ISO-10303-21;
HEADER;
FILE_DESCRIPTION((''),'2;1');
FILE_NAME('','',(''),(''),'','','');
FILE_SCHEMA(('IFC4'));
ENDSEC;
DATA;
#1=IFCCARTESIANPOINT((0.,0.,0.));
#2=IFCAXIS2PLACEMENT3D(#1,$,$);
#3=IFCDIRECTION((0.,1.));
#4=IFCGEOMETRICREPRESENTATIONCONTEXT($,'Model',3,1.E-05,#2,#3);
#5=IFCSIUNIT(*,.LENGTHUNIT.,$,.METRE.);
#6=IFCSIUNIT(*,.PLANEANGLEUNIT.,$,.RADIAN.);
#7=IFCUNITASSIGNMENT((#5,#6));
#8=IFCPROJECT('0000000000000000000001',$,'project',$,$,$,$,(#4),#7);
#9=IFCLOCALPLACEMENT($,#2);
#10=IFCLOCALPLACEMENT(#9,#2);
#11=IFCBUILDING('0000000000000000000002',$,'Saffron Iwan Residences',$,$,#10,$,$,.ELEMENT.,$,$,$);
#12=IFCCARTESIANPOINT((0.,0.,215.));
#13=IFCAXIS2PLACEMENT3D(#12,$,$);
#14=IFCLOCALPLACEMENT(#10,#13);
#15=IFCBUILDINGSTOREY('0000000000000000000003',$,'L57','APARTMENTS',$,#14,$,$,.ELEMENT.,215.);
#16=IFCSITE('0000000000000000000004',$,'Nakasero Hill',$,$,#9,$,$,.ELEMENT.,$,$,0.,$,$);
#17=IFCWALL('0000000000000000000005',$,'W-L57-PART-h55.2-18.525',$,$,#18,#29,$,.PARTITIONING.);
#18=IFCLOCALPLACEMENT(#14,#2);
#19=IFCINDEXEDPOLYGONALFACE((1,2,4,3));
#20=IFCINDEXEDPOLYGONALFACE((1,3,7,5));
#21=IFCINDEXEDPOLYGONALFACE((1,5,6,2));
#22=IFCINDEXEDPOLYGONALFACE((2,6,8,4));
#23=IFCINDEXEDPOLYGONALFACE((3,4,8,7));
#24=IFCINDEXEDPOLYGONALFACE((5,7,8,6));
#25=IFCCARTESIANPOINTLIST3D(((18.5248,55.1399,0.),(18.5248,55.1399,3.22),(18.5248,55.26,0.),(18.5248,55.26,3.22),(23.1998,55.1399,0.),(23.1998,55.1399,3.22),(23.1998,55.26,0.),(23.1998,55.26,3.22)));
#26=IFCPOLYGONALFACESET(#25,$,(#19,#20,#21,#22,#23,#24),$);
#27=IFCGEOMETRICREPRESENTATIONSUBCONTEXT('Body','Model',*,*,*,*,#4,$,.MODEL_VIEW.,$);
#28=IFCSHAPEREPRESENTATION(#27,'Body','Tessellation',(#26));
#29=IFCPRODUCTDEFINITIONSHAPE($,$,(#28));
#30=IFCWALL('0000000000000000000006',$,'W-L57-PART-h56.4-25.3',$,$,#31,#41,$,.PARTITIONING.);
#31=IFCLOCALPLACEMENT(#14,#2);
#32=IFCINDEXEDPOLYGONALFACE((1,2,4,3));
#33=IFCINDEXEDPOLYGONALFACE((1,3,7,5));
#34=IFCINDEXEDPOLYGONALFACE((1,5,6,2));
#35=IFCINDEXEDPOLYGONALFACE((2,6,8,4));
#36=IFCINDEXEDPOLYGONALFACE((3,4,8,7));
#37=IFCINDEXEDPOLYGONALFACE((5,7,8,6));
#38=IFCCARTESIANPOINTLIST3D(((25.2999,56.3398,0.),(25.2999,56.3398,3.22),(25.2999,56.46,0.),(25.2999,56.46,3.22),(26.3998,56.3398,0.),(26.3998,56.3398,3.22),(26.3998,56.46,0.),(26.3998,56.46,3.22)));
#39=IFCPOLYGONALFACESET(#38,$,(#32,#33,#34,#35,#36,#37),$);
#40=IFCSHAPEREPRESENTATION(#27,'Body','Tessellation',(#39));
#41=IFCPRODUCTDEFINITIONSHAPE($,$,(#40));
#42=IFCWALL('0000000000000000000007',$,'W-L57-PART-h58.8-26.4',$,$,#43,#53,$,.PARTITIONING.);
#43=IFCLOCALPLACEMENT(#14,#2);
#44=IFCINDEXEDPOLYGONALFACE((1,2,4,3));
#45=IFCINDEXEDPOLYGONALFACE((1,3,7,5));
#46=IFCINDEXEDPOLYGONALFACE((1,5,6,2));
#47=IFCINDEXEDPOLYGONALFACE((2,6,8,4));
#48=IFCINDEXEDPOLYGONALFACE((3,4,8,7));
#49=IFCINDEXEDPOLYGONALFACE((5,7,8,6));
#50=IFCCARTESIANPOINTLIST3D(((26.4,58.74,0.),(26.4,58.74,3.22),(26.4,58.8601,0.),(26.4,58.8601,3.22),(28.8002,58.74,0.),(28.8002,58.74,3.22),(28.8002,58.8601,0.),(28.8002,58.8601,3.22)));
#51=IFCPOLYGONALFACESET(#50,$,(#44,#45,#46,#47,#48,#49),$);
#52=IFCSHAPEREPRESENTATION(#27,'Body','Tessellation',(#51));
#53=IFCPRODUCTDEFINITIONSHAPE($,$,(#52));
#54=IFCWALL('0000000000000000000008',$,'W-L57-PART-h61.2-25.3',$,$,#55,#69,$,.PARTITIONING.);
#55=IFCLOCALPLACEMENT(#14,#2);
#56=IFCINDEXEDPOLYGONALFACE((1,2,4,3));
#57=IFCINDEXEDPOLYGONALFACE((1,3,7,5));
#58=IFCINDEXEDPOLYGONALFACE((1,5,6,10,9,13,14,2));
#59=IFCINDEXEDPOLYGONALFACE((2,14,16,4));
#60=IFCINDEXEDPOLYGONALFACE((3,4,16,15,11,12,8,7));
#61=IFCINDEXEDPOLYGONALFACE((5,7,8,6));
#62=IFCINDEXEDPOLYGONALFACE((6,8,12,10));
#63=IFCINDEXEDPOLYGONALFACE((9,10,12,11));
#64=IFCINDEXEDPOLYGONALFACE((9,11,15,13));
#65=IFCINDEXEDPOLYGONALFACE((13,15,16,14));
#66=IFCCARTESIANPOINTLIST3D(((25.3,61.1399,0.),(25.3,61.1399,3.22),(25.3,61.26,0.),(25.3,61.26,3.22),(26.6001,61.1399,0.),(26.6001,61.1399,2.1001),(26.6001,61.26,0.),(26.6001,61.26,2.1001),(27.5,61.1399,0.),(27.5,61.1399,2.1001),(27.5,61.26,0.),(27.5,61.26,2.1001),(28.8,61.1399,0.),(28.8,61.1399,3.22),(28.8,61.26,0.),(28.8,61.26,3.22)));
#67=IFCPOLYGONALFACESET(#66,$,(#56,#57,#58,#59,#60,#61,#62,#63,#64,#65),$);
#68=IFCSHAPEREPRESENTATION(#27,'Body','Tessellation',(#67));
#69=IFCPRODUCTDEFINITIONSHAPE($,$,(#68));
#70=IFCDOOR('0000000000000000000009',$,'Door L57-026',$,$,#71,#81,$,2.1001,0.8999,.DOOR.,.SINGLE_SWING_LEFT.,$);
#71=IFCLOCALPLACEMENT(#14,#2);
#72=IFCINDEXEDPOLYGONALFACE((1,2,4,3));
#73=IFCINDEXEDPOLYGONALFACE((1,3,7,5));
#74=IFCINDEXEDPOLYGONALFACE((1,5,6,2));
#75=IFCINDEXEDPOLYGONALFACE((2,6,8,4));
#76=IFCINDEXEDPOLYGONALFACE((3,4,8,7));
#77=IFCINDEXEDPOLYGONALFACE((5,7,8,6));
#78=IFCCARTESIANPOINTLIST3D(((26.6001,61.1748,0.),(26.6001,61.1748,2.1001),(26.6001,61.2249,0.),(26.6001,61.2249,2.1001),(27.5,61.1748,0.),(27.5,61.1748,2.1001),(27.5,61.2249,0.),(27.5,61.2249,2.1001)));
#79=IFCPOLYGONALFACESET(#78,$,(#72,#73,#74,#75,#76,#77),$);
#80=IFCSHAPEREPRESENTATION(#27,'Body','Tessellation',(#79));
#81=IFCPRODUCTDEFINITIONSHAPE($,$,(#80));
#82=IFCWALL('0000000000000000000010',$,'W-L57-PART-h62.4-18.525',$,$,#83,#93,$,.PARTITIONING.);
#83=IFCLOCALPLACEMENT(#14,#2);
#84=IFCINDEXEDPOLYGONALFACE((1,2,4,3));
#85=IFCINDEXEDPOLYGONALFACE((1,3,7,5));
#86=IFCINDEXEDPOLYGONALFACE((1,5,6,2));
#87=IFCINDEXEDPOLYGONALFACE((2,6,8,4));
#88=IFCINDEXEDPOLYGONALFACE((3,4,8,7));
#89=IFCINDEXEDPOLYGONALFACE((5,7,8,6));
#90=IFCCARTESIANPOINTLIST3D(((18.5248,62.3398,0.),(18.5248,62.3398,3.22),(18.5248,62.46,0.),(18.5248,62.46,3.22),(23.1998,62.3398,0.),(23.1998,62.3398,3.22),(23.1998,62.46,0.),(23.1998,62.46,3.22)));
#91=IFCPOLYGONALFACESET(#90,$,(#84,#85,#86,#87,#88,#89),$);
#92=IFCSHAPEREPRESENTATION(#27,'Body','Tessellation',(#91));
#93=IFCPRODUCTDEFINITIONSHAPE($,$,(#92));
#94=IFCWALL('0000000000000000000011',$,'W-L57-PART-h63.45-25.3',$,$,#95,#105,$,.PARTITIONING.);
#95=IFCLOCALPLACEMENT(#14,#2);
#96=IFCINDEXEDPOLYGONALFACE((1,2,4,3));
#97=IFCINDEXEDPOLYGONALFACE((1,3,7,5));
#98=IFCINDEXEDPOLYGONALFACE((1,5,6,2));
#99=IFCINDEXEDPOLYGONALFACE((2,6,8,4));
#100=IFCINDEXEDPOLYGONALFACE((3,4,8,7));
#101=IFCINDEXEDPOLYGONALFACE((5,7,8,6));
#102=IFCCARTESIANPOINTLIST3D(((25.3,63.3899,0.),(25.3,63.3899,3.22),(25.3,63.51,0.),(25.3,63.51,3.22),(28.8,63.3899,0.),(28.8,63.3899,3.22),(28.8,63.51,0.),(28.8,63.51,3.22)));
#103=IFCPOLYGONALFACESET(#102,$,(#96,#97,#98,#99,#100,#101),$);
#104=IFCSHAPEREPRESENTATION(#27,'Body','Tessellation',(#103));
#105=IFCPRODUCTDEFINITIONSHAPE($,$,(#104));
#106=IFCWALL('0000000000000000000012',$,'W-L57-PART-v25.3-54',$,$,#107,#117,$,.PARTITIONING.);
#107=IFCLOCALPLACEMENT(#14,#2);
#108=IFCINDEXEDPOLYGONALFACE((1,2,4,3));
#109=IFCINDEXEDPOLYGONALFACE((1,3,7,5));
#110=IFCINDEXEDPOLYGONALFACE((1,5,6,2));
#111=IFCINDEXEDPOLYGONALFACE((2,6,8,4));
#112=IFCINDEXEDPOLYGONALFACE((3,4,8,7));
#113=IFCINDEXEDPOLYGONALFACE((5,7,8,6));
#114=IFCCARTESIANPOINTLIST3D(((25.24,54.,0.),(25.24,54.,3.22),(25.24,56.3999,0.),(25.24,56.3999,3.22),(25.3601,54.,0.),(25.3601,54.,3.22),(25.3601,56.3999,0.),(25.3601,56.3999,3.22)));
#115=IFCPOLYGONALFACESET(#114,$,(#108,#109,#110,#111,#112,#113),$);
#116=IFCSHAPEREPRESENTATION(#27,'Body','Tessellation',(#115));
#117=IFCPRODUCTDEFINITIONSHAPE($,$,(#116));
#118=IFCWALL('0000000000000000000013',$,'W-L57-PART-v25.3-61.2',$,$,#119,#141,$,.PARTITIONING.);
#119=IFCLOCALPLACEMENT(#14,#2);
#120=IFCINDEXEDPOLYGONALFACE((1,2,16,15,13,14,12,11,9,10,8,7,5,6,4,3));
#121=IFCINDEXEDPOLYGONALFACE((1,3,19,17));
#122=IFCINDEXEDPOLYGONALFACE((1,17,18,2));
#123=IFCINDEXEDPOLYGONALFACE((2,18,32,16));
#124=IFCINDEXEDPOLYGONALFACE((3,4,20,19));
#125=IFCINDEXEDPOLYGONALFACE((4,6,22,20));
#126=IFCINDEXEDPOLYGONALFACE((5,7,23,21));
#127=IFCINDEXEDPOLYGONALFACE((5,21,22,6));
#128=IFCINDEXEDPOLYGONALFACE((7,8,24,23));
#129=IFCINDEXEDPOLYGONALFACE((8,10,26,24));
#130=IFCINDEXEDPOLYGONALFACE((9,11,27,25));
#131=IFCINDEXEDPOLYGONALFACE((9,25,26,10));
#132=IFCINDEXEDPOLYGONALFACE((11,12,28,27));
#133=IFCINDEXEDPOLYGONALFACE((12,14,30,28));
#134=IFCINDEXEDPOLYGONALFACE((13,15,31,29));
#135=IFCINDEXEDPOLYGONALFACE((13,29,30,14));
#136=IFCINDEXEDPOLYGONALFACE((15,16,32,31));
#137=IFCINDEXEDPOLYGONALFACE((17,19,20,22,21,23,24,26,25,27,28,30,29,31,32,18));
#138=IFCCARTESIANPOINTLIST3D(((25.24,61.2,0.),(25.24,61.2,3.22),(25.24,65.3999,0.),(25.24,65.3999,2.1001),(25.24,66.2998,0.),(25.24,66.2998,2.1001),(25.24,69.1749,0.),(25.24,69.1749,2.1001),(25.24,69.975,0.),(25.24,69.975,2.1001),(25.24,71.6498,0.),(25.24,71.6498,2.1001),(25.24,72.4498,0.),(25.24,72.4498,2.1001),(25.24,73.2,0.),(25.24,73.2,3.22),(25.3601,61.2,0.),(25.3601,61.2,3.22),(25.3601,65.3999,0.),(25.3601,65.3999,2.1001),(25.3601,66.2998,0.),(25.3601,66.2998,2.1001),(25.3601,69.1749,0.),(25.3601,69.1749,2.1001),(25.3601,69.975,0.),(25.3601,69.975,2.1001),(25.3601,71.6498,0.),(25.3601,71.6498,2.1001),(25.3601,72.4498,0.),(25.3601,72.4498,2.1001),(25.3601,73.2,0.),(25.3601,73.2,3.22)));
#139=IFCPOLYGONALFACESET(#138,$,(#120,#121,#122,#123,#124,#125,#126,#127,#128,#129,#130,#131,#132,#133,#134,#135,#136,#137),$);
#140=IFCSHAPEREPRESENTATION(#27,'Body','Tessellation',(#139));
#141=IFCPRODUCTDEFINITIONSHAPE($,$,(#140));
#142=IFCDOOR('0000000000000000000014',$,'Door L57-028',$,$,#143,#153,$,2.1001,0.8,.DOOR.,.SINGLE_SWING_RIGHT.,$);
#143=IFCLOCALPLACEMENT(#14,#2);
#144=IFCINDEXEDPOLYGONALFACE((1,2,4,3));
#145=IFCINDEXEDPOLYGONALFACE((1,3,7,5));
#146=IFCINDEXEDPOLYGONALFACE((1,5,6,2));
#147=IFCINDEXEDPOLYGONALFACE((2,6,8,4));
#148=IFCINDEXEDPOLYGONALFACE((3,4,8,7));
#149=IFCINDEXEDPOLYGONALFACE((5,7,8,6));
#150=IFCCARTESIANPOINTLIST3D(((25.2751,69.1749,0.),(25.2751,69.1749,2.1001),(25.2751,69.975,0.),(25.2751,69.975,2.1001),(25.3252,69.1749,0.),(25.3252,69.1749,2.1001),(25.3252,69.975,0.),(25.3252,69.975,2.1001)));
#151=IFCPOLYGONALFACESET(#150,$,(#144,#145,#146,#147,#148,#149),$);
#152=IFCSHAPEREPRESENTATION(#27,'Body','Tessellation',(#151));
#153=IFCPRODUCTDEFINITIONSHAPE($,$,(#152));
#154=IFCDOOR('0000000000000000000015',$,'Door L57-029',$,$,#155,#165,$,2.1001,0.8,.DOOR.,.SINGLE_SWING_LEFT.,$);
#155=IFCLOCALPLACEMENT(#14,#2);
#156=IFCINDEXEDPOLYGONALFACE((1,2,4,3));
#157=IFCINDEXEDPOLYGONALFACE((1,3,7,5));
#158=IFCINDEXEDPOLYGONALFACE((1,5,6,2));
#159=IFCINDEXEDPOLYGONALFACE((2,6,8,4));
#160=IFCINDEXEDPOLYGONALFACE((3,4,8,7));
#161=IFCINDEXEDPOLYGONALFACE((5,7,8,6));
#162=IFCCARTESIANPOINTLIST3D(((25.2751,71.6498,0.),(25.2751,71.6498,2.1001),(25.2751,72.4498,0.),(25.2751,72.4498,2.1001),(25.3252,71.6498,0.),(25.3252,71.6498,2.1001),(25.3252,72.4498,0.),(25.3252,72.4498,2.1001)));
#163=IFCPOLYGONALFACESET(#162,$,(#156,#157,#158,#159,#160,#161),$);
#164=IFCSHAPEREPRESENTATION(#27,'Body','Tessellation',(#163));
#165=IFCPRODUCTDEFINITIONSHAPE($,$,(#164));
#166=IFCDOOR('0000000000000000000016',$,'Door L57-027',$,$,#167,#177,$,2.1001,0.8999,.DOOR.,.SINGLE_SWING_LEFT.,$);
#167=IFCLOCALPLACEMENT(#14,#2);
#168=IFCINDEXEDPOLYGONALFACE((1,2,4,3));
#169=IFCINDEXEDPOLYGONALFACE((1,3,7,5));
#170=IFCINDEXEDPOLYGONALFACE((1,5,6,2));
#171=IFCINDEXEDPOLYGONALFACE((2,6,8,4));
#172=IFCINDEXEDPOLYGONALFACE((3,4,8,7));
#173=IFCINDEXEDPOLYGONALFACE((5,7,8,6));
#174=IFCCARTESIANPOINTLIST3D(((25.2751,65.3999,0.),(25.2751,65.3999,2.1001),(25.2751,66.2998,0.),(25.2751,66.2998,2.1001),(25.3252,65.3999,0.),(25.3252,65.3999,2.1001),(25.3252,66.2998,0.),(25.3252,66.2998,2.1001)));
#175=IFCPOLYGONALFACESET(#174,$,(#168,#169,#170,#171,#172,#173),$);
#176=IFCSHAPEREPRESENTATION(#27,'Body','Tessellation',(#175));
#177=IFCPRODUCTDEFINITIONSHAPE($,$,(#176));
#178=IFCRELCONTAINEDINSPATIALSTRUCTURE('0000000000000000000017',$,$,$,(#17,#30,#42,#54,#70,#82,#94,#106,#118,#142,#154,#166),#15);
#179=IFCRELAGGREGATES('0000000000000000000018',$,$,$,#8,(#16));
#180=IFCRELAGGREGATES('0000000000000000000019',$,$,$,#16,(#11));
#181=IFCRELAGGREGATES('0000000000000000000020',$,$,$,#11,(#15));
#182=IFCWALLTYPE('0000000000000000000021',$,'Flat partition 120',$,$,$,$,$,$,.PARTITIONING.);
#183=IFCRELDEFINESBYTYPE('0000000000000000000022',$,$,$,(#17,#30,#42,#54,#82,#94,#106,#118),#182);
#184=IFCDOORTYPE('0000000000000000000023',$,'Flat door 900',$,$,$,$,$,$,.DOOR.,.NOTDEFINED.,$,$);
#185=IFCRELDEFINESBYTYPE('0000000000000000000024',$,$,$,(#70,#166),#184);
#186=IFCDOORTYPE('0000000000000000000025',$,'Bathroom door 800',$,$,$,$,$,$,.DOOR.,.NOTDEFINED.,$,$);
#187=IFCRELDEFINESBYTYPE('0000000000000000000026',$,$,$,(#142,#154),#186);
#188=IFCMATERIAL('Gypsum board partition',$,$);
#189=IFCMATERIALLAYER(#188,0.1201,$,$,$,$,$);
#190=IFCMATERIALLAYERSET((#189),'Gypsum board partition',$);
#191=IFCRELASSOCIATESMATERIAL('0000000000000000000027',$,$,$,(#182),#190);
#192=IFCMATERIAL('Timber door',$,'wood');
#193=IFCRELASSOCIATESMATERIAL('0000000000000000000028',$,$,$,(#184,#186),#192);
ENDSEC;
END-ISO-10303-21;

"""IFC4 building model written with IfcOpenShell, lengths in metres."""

from ifc_helpers import new_model, si_unit, direction, frame, frame_2d, origin, place, context, subcontext, project, spatial, rectangle, extrude, material, layer, layer_set, type_object, element, fill, save


model = new_model("IFC4")

# Units and contexts
model_context = context("Model", 3, precision=1e-05, world=origin(), true_north=direction((0.0, 1.0)))
body_context = subcontext(model_context, "Body", "Model", "MODEL_VIEW")
ifc_project = project(units=[si_unit("LENGTHUNIT", "METRE"), si_unit("PLANEANGLEUNIT", "RADIAN")], contexts=[model_context])

# Site, building, storey
site_placement = place(None, origin())
site = spatial("IfcSite", under=ifc_project, at=site_placement, Name="Nakasero Hill", CompositionType="ELEMENT", RefElevation=0.0)
building_placement = place(site_placement, origin())
building = spatial("IfcBuilding", under=site, at=building_placement, Name="Saffron Iwan Residences", CompositionType="ELEMENT")
storey_placement = place(building_placement, frame((0.0, 0.0, 215.0)))
storey = spatial("IfcBuildingStorey", under=building, at=storey_placement, Name="L57", Description="APARTMENTS", CompositionType="ELEMENT", Elevation=215.0)

# Shared definitions
ifc_material_1 = material(Name="Gypsum board partition")
ifc_layer_1 = layer(ifc_material_1, 0.1201)
ifc_layer_set_1 = layer_set([ifc_layer_1], Name="Gypsum board partition")
wall_type_1 = type_object("IfcWallType", Name="Flat partition 120", PredefinedType="PARTITIONING", material=ifc_layer_set_1)
ifc_material_2 = material(Name="Timber door", Category="wood")
door_type_1 = type_object("IfcDoorType", Name="Flat door 900", OperationType="NOTDEFINED", PredefinedType="DOOR", material=ifc_material_2)
door_type_2 = type_object("IfcDoorType", Name="Bathroom door 800", OperationType="NOTDEFINED", PredefinedType="DOOR", material=ifc_material_2)

# Walls
wall_1_placement = place(storey_placement, frame((18.5249, 55.2, 0.0), z_axis=(0.0, 0.0, 1.0), x_axis=(1.0, 0.0, 0.0)))
element("IfcWall", 1, at=wall_1_placement, inside=storey, type_object=wall_type_1, Name="W-L57-PART-h55.2-18.525", PredefinedType="PARTITIONING", context=body_context, shape_type="SweptSolid", body=[
    extrude(rectangle(XDim=4.675, YDim=0.1201, at=frame_2d((2.3374, 0.0))), origin(), (0.0, 0.0, 1.0), 3.22),
])
wall_2_placement = place(storey_placement, frame((25.3, 56.3999, 0.0), z_axis=(0.0, 0.0, 1.0), x_axis=(1.0, 0.0, 0.0)))
element("IfcWall", 2, at=wall_2_placement, inside=storey, type_object=wall_type_1, Name="W-L57-PART-h56.4-25.3", PredefinedType="PARTITIONING", context=body_context, shape_type="SweptSolid", body=[
    extrude(rectangle(XDim=1.0999, YDim=0.1201, at=frame_2d((0.5498, 0.0))), origin(), (0.0, 0.0, 1.0), 3.22),
])
wall_3_placement = place(storey_placement, frame((26.3999, 58.8, 0.0), z_axis=(0.0, 0.0, 1.0), x_axis=(1.0, 0.0, 0.0)))
element("IfcWall", 3, at=wall_3_placement, inside=storey, type_object=wall_type_1, Name="W-L57-PART-h58.8-26.4", PredefinedType="PARTITIONING", context=body_context, shape_type="SweptSolid", body=[
    extrude(rectangle(XDim=2.4001, YDim=0.1201, at=frame_2d((1.2002, 0.0))), origin(), (0.0, 0.0, 1.0), 3.22),
])

# Wall, opening, door
wall_4_placement = place(storey_placement, frame((25.3, 61.2, 0.0), z_axis=(0.0, 0.0, 1.0), x_axis=(1.0, 0.0, 0.0)))
wall_4 = element("IfcWall", 4, at=wall_4_placement, inside=storey, type_object=wall_type_1, Name="W-L57-PART-h61.2-25.3", PredefinedType="PARTITIONING", context=body_context, shape_type="SweptSolid", body=[
    extrude(rectangle(XDim=3.5, YDim=0.1201, at=frame_2d((1.75, 0.0))), origin(), (0.0, 0.0, 1.0), 3.22),
])
opening_1_placement = place(wall_4_placement, frame((1.3, 0.0, 0.0)))
opening_1 = element("IfcOpeningElement", 5, at=opening_1_placement, cuts=wall_4, PredefinedType="OPENING", context=body_context, shape_type="SweptSolid", body=[
    extrude(rectangle(XDim=0.8999, YDim=2.1001, at=frame_2d((0.45, 1.05))), frame((0.0, 0.0701, 0.0), z_axis=(0.0, -1.0, 0.0), x_axis=(1.0, 0.0, 0.0)), (0.0, 0.0, 1.0), 0.1401),
])
door_1_placement = place(opening_1_placement, origin())
door_1 = element("IfcDoor", 6, at=door_1_placement, inside=storey, type_object=door_type_1, Name="Door L57-026", OperationType="SINGLE_SWING_LEFT", OverallHeight=2.1001, OverallWidth=0.8999, PredefinedType="DOOR", context=body_context, shape_type="SweptSolid", body=[
    extrude(rectangle(XDim=0.8999, YDim=2.1001, at=frame_2d((0.45, 1.05))), frame((0.0, 0.0249, 0.0), z_axis=(0.0, -1.0, 0.0), x_axis=(1.0, 0.0, 0.0)), (0.0, 0.0, 1.0), 0.05),
])
fill(opening_1, door_1)

# Walls
wall_5_placement = place(storey_placement, frame((18.5249, 62.3999, 0.0), z_axis=(0.0, 0.0, 1.0), x_axis=(1.0, 0.0, 0.0)))
element("IfcWall", 7, at=wall_5_placement, inside=storey, type_object=wall_type_1, Name="W-L57-PART-h62.4-18.525", PredefinedType="PARTITIONING", context=body_context, shape_type="SweptSolid", body=[
    extrude(rectangle(XDim=4.675, YDim=0.1201, at=frame_2d((2.3374, 0.0))), origin(), (0.0, 0.0, 1.0), 3.22),
])
wall_6_placement = place(storey_placement, frame((25.3, 63.45, 0.0), z_axis=(0.0, 0.0, 1.0), x_axis=(1.0, 0.0, 0.0)))
element("IfcWall", 8, at=wall_6_placement, inside=storey, type_object=wall_type_1, Name="W-L57-PART-h63.45-25.3", PredefinedType="PARTITIONING", context=body_context, shape_type="SweptSolid", body=[
    extrude(rectangle(XDim=3.5, YDim=0.1201, at=frame_2d((1.75, 0.0))), origin(), (0.0, 0.0, 1.0), 3.22),
])
wall_7_placement = place(storey_placement, frame((25.3, 54.0, 0.0), z_axis=(0.0, 0.0, 1.0), x_axis=(0.0, 1.0, 0.0)))
element("IfcWall", 9, at=wall_7_placement, inside=storey, type_object=wall_type_1, Name="W-L57-PART-v25.3-54", PredefinedType="PARTITIONING", context=body_context, shape_type="SweptSolid", body=[
    extrude(rectangle(XDim=2.3999, YDim=0.1201, at=frame_2d((1.2, 0.0))), origin(), (0.0, 0.0, 1.0), 3.22),
])

# Wall, openings, doors
wall_8_placement = place(storey_placement, frame((25.3, 61.2, 0.0), z_axis=(0.0, 0.0, 1.0), x_axis=(0.0, 1.0, 0.0)))
wall_8 = element("IfcWall", 10, at=wall_8_placement, inside=storey, type_object=wall_type_1, Name="W-L57-PART-v25.3-61.2", PredefinedType="PARTITIONING", context=body_context, shape_type="SweptSolid", body=[
    extrude(rectangle(XDim=12.0, YDim=0.1201, at=frame_2d((6.0, 0.0))), origin(), (0.0, 0.0, 1.0), 3.22),
])
opening_2_placement = place(wall_8_placement, frame((4.2, 0.0, 0.0)))
opening_2 = element("IfcOpeningElement", 11, at=opening_2_placement, cuts=wall_8, PredefinedType="OPENING", context=body_context, shape_type="SweptSolid", body=[
    extrude(rectangle(XDim=0.8999, YDim=2.1001, at=frame_2d((0.45, 1.05))), frame((0.0, 0.0701, 0.0), z_axis=(0.0, -1.0, 0.0), x_axis=(1.0, 0.0, 0.0)), (0.0, 0.0, 1.0), 0.1401),
])
opening_3_placement = place(wall_8_placement, frame((7.9751, 0.0, 0.0)))
opening_3 = element("IfcOpeningElement", 12, at=opening_3_placement, cuts=wall_8, PredefinedType="OPENING", context=body_context, shape_type="SweptSolid", body=[
    extrude(rectangle(XDim=0.8, YDim=2.1001, at=frame_2d((0.3999, 1.05))), frame((0.0, 0.0701, 0.0), z_axis=(0.0, -1.0, 0.0), x_axis=(1.0, 0.0, 0.0)), (0.0, 0.0, 1.0), 0.1401),
])
opening_4_placement = place(wall_8_placement, frame((10.45, 0.0, 0.0)))
opening_4 = element("IfcOpeningElement", 13, at=opening_4_placement, cuts=wall_8, PredefinedType="OPENING", context=body_context, shape_type="SweptSolid", body=[
    extrude(rectangle(XDim=0.8, YDim=2.1001, at=frame_2d((0.3999, 1.05))), frame((0.0, 0.0701, 0.0), z_axis=(0.0, -1.0, 0.0), x_axis=(1.0, 0.0, 0.0)), (0.0, 0.0, 1.0), 0.1401),
])
door_2_placement = place(opening_3_placement, origin())
door_2 = element("IfcDoor", 14, at=door_2_placement, inside=storey, type_object=door_type_2, Name="Door L57-028", OperationType="SINGLE_SWING_RIGHT", OverallHeight=2.1001, OverallWidth=0.8, PredefinedType="DOOR", context=body_context, shape_type="SweptSolid", body=[
    extrude(rectangle(XDim=0.8, YDim=2.1001, at=frame_2d((0.3999, 1.05))), frame((0.0, 0.0249, 0.0), z_axis=(0.0, -1.0, 0.0), x_axis=(1.0, 0.0, 0.0)), (0.0, 0.0, 1.0), 0.05),
])
fill(opening_3, door_2)
door_3_placement = place(opening_4_placement, origin())
door_3 = element("IfcDoor", 15, at=door_3_placement, inside=storey, type_object=door_type_2, Name="Door L57-029", OperationType="SINGLE_SWING_LEFT", OverallHeight=2.1001, OverallWidth=0.8, PredefinedType="DOOR", context=body_context, shape_type="SweptSolid", body=[
    extrude(rectangle(XDim=0.8, YDim=2.1001, at=frame_2d((0.3999, 1.05))), frame((0.0, 0.0249, 0.0), z_axis=(0.0, -1.0, 0.0), x_axis=(1.0, 0.0, 0.0)), (0.0, 0.0, 1.0), 0.05),
])
fill(opening_4, door_3)
door_4_placement = place(opening_2_placement, origin())
door_4 = element("IfcDoor", 16, at=door_4_placement, inside=storey, type_object=door_type_1, Name="Door L57-027", OperationType="SINGLE_SWING_LEFT", OverallHeight=2.1001, OverallWidth=0.8999, PredefinedType="DOOR", context=body_context, shape_type="SweptSolid", body=[
    extrude(rectangle(XDim=0.8999, YDim=2.1001, at=frame_2d((0.45, 1.05))), frame((0.0, 0.0249, 0.0), z_axis=(0.0, -1.0, 0.0), x_axis=(1.0, 0.0, 0.0)), (0.0, 0.0, 1.0), 0.05),
])
fill(opening_2, door_4)

save(model, "model.ifc")
